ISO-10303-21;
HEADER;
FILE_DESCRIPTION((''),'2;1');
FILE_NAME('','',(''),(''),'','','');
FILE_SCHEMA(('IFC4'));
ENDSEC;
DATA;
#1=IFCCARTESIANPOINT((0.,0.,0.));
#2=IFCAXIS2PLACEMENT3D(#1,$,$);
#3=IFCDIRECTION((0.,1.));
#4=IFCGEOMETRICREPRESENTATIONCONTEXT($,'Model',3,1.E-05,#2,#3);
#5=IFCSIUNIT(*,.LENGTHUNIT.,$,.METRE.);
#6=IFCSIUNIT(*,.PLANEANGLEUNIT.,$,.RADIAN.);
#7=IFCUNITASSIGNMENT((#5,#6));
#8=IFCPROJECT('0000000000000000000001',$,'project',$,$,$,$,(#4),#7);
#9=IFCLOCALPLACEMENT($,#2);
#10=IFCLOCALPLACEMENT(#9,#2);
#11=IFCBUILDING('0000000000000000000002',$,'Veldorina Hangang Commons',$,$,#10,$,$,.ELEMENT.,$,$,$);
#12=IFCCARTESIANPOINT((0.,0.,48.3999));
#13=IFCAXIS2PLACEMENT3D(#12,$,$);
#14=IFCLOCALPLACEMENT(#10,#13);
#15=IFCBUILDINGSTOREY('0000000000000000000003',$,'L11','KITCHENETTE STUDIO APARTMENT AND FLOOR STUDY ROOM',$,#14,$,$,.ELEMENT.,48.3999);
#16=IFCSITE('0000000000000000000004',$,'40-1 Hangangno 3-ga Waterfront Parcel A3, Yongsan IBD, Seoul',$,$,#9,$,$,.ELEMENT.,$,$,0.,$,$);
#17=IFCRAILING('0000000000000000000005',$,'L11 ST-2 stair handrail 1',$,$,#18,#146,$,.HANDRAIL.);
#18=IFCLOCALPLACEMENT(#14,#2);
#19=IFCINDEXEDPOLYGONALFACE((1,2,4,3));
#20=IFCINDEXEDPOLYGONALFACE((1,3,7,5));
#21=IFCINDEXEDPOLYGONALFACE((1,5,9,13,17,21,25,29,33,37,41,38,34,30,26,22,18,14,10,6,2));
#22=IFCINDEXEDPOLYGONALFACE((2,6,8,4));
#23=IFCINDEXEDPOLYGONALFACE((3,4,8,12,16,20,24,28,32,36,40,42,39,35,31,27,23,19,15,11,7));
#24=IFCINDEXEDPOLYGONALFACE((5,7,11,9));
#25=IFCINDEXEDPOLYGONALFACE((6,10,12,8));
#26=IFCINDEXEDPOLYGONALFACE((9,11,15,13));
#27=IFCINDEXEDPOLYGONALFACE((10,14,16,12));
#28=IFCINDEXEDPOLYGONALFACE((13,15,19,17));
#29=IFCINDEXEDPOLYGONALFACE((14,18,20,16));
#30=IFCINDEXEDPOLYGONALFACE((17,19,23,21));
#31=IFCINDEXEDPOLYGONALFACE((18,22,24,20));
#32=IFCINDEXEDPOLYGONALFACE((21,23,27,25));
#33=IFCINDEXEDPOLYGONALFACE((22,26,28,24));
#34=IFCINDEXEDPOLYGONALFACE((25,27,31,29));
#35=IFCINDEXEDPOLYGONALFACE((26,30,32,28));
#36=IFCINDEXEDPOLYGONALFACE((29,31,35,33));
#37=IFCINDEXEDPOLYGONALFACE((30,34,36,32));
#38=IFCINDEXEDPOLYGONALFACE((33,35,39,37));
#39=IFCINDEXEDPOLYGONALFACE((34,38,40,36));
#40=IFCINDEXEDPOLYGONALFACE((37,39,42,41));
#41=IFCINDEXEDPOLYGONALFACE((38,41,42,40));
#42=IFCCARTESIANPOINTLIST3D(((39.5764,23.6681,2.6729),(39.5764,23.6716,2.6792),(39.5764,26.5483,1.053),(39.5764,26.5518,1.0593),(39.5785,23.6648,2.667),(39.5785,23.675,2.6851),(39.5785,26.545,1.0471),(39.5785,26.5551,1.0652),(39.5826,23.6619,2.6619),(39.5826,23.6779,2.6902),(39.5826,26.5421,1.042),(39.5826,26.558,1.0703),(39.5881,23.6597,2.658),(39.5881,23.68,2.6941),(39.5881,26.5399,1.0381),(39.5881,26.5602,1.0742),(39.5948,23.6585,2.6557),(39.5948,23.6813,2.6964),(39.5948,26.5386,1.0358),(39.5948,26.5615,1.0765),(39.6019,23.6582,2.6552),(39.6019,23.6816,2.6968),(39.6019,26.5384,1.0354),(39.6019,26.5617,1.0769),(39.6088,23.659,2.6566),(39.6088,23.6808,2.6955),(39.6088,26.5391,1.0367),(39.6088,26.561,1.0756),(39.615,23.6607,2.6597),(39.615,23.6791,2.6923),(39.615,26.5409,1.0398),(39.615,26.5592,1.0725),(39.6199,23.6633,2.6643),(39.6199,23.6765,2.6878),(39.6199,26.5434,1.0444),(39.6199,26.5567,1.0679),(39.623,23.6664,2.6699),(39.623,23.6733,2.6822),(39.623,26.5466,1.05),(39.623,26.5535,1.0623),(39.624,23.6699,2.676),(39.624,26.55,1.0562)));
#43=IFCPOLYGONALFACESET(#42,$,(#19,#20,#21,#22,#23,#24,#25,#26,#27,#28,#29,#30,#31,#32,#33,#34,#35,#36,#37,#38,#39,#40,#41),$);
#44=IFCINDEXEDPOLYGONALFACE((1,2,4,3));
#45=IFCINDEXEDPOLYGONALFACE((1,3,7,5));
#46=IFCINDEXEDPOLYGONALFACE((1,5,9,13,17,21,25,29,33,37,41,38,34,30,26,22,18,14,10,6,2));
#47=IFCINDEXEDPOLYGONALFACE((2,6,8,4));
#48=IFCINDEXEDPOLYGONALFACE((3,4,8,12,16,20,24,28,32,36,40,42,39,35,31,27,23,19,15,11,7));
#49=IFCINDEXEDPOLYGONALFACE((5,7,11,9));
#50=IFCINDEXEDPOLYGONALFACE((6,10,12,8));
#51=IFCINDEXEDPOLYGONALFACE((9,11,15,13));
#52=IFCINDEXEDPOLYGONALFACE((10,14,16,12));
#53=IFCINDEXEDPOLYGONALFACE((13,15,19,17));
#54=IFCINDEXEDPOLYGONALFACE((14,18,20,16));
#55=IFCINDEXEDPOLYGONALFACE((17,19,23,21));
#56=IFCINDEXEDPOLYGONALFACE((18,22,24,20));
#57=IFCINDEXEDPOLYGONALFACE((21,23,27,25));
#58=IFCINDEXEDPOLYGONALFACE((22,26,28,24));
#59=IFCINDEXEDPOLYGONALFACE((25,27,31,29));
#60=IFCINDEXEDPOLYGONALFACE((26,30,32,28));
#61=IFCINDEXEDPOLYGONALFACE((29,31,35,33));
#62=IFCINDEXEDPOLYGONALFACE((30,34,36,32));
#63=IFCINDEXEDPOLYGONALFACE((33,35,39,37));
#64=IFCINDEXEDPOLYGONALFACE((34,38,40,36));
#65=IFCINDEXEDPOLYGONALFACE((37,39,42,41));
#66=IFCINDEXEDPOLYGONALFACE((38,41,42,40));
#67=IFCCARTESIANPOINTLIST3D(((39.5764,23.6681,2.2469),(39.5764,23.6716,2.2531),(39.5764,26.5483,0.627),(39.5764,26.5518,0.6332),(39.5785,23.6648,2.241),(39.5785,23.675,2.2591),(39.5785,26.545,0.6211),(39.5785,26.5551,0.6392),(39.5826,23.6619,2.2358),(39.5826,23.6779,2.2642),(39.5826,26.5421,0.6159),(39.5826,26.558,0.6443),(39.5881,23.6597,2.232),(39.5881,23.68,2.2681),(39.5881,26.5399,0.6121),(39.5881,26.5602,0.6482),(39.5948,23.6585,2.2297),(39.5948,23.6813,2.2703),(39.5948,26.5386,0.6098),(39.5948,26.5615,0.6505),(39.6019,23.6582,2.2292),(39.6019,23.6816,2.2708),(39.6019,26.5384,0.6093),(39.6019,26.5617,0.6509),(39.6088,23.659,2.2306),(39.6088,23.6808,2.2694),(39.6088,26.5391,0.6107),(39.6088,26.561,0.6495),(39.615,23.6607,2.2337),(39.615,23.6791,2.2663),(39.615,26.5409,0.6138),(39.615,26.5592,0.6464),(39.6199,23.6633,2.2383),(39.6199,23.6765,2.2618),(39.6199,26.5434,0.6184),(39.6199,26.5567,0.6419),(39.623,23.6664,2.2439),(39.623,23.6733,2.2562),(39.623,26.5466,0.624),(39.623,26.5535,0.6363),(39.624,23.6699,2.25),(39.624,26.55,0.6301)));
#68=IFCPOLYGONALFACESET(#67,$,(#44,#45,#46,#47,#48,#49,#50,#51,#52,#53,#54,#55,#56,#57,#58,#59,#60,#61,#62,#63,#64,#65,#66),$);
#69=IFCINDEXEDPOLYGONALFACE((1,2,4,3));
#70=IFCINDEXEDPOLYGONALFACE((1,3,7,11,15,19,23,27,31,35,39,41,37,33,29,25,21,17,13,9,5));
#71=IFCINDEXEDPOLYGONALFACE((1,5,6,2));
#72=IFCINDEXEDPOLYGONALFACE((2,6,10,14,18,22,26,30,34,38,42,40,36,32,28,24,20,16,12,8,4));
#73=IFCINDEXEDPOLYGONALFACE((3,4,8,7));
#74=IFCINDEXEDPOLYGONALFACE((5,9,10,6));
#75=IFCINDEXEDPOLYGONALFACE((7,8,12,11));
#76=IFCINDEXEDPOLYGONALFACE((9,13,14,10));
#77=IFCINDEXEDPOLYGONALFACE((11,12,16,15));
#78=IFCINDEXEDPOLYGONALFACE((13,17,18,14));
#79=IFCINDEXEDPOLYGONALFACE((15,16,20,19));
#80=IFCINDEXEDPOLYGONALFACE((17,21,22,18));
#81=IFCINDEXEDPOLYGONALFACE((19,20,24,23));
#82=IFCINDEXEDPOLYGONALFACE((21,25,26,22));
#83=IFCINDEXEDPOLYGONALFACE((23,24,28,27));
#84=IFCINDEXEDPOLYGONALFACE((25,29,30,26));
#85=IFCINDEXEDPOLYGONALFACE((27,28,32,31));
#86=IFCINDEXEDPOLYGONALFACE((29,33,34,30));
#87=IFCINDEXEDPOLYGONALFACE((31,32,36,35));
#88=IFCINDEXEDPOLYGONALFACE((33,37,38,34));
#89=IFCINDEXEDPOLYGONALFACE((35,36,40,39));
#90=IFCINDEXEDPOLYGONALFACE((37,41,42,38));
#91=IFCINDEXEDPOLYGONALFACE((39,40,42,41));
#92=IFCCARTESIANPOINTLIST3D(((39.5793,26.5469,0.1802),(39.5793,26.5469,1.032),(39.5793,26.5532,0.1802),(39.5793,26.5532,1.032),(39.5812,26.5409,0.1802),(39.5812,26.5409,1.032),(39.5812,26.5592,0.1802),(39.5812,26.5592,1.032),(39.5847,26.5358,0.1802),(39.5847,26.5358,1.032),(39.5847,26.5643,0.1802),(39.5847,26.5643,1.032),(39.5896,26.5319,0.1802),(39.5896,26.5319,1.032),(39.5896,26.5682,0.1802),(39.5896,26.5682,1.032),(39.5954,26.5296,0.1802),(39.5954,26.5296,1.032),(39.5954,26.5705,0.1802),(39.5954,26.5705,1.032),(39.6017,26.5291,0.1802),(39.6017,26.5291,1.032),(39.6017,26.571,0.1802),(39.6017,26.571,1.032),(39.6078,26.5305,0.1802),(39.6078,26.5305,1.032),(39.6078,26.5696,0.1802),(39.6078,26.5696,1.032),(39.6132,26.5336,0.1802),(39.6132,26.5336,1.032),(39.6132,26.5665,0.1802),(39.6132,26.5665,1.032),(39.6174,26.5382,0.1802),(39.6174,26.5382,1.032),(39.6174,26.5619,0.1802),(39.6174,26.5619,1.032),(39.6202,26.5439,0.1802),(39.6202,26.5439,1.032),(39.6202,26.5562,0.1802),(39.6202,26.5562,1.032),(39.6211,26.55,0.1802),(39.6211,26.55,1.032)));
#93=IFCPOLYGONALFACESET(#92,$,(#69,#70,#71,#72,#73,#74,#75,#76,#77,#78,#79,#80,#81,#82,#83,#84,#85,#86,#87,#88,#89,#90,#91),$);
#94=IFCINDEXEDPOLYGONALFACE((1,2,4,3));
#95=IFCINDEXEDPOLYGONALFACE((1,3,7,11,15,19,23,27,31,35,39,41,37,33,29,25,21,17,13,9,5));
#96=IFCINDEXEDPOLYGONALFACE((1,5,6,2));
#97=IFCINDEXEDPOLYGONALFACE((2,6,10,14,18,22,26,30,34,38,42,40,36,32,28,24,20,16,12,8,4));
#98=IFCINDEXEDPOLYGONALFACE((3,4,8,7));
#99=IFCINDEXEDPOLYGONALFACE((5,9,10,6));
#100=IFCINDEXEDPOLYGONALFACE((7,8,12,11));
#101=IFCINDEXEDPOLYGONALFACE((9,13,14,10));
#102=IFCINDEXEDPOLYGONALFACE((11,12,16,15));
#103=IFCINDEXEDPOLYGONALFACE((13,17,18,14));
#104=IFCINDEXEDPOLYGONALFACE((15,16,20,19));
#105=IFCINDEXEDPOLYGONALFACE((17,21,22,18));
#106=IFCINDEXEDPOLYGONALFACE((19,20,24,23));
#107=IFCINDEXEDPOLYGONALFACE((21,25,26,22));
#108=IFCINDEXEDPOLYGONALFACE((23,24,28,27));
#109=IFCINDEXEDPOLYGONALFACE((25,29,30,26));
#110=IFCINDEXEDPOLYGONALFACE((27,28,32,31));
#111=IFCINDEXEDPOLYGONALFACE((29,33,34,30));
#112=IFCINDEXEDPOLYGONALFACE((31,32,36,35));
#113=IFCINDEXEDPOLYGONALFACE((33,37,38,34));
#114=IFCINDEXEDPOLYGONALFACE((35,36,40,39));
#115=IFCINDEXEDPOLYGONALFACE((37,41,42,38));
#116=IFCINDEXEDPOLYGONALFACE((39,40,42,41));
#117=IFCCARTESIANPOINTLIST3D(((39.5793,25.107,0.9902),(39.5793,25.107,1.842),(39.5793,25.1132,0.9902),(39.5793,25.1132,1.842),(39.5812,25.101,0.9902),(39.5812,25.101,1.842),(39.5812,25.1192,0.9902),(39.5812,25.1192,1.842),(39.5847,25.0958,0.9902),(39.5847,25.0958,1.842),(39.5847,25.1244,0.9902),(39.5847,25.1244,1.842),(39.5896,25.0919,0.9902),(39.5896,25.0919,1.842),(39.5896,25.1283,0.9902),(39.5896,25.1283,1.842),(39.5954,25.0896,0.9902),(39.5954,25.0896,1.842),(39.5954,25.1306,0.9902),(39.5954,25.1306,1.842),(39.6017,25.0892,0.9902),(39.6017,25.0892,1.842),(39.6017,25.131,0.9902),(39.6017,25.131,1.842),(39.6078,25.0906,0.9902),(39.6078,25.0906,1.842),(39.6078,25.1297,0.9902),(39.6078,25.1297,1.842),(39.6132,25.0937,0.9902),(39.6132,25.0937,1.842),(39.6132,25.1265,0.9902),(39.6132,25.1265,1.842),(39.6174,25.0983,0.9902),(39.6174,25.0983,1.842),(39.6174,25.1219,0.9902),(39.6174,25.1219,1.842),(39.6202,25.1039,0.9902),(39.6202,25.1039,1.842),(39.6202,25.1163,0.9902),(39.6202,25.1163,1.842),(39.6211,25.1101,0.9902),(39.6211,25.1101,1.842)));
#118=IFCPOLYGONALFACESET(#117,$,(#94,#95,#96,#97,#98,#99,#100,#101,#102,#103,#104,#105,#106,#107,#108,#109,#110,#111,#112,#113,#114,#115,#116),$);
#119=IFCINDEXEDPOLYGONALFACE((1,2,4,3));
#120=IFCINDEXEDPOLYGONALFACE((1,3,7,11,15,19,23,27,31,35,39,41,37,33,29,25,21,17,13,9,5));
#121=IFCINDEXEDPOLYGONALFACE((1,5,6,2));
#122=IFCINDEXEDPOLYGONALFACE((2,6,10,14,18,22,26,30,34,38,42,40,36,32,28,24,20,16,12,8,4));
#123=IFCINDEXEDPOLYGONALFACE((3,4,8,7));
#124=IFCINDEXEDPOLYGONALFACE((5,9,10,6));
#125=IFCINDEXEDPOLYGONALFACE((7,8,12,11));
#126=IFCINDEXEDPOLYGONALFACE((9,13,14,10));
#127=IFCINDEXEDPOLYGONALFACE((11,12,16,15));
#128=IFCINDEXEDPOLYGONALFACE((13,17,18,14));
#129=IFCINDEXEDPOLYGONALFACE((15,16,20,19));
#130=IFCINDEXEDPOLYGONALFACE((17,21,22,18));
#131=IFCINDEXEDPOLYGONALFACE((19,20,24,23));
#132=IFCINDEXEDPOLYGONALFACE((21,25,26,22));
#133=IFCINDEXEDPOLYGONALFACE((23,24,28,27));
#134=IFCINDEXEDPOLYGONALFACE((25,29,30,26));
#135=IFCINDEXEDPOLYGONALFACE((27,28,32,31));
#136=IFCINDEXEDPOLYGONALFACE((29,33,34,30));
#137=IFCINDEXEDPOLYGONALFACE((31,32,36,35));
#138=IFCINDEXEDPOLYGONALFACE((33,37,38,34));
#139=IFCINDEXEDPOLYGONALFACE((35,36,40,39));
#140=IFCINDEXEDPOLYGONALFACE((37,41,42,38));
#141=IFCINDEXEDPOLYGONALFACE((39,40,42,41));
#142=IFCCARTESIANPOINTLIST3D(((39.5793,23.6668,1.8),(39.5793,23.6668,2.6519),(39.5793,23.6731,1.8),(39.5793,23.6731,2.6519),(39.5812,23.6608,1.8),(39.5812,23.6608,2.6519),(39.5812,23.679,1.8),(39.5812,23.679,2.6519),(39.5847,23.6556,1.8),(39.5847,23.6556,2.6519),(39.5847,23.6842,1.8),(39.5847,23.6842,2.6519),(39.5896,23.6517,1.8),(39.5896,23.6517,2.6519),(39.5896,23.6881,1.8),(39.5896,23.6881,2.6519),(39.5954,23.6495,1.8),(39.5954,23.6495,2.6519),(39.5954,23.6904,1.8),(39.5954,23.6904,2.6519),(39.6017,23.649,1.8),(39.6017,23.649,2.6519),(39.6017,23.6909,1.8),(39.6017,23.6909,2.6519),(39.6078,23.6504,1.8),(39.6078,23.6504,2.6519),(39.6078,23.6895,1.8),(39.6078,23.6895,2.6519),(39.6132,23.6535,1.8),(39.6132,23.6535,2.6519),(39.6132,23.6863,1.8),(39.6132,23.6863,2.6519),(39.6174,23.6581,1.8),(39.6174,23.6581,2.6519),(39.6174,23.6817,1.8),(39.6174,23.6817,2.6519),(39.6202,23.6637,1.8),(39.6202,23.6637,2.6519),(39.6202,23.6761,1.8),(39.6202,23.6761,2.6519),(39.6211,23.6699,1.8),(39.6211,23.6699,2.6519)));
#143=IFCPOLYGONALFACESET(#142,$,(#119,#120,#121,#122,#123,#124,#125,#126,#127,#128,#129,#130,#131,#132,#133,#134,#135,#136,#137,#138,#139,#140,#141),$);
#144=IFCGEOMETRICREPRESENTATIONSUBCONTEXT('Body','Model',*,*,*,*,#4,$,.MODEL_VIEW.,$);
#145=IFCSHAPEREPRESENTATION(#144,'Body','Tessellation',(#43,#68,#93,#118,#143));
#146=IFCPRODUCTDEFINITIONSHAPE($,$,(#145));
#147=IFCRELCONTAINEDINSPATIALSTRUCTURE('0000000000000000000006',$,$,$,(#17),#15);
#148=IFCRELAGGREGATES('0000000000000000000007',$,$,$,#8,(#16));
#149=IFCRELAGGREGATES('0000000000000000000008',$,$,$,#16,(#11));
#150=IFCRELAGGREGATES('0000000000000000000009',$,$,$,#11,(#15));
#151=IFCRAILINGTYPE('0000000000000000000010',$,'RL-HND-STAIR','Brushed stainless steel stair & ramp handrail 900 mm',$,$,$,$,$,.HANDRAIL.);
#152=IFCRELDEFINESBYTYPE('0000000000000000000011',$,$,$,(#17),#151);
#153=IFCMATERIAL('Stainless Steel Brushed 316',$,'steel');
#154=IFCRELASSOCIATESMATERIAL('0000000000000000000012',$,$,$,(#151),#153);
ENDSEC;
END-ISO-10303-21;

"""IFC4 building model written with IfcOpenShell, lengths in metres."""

from ifc_helpers import new_model, si_unit, direction, frame, origin, origin_2d, place, context, subcontext, project, spatial, circle, extrude, material, type_object, element, save


model = new_model("IFC4")

# Units and contexts
model_context = context("Model", 3, precision=1e-05, world=origin(), true_north=direction((0.0, 1.0)))
body_context = subcontext(model_context, "Body", "Model", "MODEL_VIEW")
ifc_project = project(units=[si_unit("LENGTHUNIT", "METRE"), si_unit("PLANEANGLEUNIT", "RADIAN")], contexts=[model_context])

# Site, building, storey
site_placement = place(None, origin())
site = spatial("IfcSite", under=ifc_project, at=site_placement, Name="40-1 Hangangno 3-ga Waterfront Parcel A3, Yongsan IBD, Seoul", CompositionType="ELEMENT", RefElevation=0.0)
building_placement = place(site_placement, origin())
building = spatial("IfcBuilding", under=site, at=building_placement, Name="Veldorina Hangang Commons", CompositionType="ELEMENT")
storey_placement = place(building_placement, frame((0.0, 0.0, 48.3999)))
storey = spatial("IfcBuildingStorey", under=building, at=storey_placement, Name="L11", Description="KITCHENETTE STUDIO APARTMENT AND FLOOR STUDY ROOM", CompositionType="ELEMENT", Elevation=48.3999)

# Railing
ifc_material_1 = material(Name="Stainless Steel Brushed 316", Category="steel")
railing_type_1 = type_object("IfcRailingType", Name="RL-HND-STAIR", Description="Brushed stainless steel stair & ramp handrail 900 mm", PredefinedType="HANDRAIL", material=ifc_material_1)
railing_1_placement = place(storey_placement, frame((39.6001, 26.55, 0.1802)))
element("IfcRailing", 1, at=railing_1_placement, inside=storey, type_object=railing_type_1, Name="L11 ST-2 stair handrail 1", PredefinedType="HANDRAIL", context=body_context, shape_type="SweptSolid", body=[
    extrude(circle(Radius=0.0239, at=origin_2d()), frame((0.0, 0.0, 0.876), z_axis=(0.0, -0.871601, 0.490216), x_axis=(1.0, 0.0, 0.0)), (0.0, 0.0, 1.0), 3.3044),
    extrude(circle(Radius=0.0239, at=origin_2d()), frame((0.0, 0.0, 0.45), z_axis=(0.0, -0.871601, 0.490216), x_axis=(1.0, 0.0, 0.0)), (0.0, 0.0, 1.0), 3.3044),
    extrude(circle(Radius=0.021, at=origin_2d()), origin(), (0.0, 0.0, 1.0), 0.8518),
    extrude(circle(Radius=0.021, at=origin_2d()), frame((0.0, -1.4399, 0.8101)), (0.0, 0.0, 1.0), 0.8518),
    extrude(circle(Radius=0.021, at=origin_2d()), frame((0.0, -2.8801, 1.6199)), (0.0, 0.0, 1.0), 0.8518),
])

save(model, "model.ifc")
